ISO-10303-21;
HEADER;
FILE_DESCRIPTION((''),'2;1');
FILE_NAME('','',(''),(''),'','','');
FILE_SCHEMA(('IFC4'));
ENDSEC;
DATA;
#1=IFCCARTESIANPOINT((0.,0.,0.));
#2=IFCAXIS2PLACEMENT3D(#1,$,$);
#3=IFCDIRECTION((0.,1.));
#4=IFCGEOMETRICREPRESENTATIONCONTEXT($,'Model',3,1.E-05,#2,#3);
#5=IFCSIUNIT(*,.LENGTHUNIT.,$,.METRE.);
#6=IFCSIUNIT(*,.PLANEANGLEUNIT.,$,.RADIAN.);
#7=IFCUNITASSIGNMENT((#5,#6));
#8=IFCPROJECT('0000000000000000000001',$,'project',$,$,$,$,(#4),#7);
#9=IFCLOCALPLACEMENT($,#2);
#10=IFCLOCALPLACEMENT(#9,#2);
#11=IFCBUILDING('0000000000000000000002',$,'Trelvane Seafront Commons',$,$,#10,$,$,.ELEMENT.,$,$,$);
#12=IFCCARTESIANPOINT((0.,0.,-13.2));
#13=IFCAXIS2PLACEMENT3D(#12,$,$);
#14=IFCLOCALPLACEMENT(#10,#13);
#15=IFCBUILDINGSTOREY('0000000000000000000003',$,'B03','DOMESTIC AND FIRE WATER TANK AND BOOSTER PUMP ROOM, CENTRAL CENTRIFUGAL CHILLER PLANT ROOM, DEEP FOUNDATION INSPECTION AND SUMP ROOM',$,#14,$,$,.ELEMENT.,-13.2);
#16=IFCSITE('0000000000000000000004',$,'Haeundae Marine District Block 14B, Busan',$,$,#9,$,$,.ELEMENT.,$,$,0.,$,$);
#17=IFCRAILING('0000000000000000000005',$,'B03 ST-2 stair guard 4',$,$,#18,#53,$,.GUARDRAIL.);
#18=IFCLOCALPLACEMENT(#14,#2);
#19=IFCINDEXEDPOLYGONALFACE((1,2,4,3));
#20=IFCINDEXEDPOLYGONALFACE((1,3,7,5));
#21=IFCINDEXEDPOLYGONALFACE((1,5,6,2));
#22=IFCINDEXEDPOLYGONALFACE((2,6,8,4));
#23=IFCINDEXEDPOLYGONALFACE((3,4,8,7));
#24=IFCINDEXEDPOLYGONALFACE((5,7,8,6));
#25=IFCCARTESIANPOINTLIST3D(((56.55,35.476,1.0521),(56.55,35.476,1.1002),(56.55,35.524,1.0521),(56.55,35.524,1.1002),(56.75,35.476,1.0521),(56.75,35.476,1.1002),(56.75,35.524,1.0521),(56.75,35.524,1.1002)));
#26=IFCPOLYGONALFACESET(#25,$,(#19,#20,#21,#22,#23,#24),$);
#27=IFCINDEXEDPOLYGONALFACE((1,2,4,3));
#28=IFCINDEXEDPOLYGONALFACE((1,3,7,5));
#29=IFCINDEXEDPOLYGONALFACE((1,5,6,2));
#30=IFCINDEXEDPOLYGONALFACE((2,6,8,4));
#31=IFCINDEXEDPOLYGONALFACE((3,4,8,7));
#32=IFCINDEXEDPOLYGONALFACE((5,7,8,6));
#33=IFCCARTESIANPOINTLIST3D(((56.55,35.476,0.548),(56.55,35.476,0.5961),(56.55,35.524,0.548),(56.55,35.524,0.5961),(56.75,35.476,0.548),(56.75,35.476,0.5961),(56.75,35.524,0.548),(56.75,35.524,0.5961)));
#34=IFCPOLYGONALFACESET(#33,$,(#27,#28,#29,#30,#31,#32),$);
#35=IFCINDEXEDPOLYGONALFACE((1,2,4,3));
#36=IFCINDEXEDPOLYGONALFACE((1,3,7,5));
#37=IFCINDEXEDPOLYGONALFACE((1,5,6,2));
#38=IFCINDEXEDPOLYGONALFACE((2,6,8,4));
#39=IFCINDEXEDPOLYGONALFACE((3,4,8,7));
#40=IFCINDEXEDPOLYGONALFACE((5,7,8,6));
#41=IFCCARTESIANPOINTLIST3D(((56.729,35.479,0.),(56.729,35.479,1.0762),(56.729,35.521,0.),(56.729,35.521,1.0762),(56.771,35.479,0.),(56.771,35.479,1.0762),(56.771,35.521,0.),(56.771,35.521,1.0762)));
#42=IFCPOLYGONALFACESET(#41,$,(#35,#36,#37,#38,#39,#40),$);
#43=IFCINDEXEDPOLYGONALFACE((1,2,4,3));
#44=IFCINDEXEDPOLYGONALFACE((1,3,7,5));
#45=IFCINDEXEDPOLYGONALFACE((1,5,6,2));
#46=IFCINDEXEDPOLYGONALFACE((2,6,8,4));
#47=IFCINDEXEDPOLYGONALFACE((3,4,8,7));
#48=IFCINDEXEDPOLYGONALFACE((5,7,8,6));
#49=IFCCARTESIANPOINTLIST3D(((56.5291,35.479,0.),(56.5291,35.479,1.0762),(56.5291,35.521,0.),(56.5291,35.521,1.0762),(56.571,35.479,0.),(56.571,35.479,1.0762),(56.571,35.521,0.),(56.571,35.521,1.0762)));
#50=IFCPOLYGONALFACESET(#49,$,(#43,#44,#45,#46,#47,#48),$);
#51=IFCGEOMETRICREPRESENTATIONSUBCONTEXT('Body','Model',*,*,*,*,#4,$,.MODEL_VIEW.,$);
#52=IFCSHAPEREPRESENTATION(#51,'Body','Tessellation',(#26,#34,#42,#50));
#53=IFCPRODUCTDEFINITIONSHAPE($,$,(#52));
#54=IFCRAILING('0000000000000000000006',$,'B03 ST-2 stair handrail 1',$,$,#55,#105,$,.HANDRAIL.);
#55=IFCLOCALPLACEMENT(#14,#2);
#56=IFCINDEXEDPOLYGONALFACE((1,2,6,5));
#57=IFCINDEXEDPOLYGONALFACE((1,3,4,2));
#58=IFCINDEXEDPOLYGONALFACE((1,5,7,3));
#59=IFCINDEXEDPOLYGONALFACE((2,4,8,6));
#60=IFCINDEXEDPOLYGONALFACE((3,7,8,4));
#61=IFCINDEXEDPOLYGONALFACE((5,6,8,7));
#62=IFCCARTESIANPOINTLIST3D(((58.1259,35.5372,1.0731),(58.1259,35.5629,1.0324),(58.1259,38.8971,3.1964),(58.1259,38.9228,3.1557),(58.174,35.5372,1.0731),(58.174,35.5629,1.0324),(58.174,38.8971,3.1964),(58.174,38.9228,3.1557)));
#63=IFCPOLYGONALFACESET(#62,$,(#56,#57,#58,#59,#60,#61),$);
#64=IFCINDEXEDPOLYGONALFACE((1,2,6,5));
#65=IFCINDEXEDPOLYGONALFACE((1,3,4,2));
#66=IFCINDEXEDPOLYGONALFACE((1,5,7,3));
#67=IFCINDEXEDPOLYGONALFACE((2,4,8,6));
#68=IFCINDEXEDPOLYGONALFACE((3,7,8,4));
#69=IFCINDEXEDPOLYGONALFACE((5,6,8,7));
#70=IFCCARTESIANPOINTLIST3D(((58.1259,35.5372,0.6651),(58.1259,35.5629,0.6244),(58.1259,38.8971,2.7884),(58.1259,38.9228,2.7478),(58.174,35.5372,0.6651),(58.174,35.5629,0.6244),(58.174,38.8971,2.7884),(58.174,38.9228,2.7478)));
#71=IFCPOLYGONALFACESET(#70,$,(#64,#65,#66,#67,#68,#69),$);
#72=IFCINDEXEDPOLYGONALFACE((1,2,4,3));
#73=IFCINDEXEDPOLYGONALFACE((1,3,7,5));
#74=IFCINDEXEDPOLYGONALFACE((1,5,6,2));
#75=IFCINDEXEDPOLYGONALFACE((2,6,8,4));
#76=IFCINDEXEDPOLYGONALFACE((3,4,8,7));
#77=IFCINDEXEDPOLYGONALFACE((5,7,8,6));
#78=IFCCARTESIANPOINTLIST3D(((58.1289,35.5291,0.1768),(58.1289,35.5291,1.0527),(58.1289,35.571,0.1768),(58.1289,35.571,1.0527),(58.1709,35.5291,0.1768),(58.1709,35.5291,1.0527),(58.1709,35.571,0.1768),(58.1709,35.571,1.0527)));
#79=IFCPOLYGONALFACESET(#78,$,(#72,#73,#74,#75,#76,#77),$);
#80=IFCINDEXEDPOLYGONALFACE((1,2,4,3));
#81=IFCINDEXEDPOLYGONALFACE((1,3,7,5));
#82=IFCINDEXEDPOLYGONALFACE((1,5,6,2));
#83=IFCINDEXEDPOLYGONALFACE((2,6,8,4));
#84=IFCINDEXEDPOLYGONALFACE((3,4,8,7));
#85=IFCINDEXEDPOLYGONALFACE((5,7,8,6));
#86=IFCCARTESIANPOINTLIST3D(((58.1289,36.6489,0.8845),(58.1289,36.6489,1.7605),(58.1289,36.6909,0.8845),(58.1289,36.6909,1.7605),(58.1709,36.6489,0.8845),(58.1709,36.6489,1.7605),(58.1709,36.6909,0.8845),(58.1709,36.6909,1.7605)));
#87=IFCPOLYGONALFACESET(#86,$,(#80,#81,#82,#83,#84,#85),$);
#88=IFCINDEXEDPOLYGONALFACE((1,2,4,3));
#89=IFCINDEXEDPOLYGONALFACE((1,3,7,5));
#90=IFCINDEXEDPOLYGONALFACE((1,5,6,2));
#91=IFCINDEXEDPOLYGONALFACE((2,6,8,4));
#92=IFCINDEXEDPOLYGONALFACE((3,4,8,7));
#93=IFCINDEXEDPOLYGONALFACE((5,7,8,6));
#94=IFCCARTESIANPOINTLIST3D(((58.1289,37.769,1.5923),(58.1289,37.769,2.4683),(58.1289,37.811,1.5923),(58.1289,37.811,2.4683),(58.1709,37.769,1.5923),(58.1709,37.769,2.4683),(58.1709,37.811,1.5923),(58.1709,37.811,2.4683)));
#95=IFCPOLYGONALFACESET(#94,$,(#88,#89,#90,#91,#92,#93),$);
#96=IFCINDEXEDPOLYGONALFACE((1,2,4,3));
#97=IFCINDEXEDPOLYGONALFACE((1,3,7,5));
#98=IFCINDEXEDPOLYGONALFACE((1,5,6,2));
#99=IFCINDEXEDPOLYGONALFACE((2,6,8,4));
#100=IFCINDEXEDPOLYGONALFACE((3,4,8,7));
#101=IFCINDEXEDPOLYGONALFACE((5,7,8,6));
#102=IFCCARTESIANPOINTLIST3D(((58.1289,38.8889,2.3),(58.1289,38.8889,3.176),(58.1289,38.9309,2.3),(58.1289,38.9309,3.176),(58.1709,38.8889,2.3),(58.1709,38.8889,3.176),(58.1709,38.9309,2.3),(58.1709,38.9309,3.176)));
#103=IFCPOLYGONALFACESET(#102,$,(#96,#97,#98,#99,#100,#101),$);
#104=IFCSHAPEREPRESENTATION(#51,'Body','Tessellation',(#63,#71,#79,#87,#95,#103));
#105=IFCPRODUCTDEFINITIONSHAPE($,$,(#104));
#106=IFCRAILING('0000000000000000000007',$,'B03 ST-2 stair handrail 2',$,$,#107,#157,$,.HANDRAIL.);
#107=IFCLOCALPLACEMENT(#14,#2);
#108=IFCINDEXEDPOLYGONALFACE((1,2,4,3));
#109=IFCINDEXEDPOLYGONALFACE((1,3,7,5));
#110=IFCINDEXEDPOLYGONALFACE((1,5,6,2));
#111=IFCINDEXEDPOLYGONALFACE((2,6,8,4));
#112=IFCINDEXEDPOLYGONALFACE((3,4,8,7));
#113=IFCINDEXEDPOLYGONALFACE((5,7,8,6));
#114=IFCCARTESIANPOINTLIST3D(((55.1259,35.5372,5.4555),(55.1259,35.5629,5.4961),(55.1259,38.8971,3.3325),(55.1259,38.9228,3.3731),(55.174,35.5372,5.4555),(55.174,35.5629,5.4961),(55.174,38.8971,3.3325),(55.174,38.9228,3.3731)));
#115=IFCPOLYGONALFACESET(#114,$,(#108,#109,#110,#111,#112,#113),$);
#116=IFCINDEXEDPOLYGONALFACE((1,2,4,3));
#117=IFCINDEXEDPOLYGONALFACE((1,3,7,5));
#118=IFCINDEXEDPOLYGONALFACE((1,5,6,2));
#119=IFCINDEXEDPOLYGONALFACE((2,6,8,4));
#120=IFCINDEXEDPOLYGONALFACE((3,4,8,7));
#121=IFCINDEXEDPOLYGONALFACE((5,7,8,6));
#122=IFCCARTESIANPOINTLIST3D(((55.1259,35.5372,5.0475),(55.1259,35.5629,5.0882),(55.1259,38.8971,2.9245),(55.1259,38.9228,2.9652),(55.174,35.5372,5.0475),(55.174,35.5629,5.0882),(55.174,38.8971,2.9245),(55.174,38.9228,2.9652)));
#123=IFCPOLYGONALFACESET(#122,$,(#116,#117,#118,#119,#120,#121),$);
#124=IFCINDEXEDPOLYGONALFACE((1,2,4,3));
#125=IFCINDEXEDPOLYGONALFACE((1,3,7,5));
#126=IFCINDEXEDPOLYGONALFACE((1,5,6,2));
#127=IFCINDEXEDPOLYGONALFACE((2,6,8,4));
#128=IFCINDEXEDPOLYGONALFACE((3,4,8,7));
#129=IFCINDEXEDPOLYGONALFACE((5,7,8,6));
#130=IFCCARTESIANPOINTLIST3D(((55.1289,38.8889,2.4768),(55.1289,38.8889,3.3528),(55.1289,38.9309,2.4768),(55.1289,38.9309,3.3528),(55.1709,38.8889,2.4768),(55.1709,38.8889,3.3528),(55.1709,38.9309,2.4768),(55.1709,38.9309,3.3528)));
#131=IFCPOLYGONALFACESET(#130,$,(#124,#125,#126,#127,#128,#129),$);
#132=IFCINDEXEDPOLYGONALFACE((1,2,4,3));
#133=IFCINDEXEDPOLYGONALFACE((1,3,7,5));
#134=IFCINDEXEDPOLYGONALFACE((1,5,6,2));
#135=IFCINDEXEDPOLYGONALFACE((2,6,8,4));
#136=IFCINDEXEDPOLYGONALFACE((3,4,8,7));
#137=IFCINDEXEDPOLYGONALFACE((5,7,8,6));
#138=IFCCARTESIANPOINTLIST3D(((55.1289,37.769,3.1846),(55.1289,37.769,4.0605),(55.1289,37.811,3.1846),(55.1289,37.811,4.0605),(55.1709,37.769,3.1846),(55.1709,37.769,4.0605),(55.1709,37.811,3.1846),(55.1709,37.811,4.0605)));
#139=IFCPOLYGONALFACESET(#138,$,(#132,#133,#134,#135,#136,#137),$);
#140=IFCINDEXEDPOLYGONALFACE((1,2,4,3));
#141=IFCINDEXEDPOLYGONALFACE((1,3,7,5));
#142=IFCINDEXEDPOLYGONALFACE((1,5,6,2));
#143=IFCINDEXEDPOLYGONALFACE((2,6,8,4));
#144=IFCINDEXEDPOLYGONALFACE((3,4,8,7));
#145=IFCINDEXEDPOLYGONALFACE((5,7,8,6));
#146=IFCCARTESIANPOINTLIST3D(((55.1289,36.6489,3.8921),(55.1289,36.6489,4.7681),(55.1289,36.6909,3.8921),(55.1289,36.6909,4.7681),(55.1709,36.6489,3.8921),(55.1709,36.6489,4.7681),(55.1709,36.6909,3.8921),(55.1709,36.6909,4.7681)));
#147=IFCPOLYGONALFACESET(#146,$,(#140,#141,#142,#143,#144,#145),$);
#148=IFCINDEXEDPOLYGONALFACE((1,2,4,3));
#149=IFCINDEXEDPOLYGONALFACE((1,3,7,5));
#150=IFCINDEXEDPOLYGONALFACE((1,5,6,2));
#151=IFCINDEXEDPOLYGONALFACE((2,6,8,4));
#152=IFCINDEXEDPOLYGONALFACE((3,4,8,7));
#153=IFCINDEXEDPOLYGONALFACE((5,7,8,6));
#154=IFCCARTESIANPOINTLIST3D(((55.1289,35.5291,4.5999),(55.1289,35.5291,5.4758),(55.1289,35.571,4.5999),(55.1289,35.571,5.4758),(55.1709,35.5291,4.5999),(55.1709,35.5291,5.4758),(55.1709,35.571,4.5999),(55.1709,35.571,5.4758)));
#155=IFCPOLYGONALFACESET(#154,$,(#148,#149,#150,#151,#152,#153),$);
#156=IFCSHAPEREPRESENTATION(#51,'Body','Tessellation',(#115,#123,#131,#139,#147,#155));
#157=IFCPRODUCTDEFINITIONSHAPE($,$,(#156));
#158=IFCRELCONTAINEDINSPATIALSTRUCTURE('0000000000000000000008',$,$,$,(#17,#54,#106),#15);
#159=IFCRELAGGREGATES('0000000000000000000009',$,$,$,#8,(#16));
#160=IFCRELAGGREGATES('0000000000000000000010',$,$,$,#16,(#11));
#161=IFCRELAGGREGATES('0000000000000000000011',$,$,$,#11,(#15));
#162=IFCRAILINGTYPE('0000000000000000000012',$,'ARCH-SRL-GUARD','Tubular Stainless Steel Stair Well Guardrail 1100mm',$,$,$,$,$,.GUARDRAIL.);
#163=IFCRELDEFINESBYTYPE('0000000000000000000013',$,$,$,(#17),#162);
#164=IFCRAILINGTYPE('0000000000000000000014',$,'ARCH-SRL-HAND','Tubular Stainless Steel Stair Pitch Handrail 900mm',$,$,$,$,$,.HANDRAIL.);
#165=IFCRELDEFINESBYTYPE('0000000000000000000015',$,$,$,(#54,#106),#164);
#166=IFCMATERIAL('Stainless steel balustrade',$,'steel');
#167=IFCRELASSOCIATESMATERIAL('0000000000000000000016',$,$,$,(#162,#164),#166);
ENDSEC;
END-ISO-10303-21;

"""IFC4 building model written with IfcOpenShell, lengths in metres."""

from ifc_helpers import new_model, si_unit, direction, frame, origin, origin_2d, place, context, subcontext, project, spatial, rectangle, extrude, material, type_object, element, save


model = new_model("IFC4")

# Units and contexts
model_context = context("Model", 3, precision=1e-05, world=origin(), true_north=direction((0.0, 1.0)))
body_context = subcontext(model_context, "Body", "Model", "MODEL_VIEW")
ifc_project = project(units=[si_unit("LENGTHUNIT", "METRE"), si_unit("PLANEANGLEUNIT", "RADIAN")], contexts=[model_context])

# Site, building, storey
site_placement = place(None, origin())
site = spatial("IfcSite", under=ifc_project, at=site_placement, Name="Haeundae Marine District Block 14B, Busan", CompositionType="ELEMENT", RefElevation=0.0)
building_placement = place(site_placement, origin())
building = spatial("IfcBuilding", under=site, at=building_placement, Name="Trelvane Seafront Commons", CompositionType="ELEMENT")
storey_placement = place(building_placement, frame((0.0, 0.0, -13.2)))
storey = spatial("IfcBuildingStorey", under=building, at=storey_placement, Name="B03", Description="DOMESTIC AND FIRE WATER TANK AND BOOSTER PUMP ROOM, CENTRAL CENTRIFUGAL CHILLER PLANT ROOM, DEEP FOUNDATION INSPECTION AND SUMP ROOM", CompositionType="ELEMENT", Elevation=-13.2)

# Railings
ifc_material_1 = material(Name="Stainless steel balustrade", Category="steel")
railing_type_1 = type_object("IfcRailingType", Name="ARCH-SRL-GUARD", Description="Tubular Stainless Steel Stair Well Guardrail 1100mm", PredefinedType="GUARDRAIL", material=ifc_material_1)
railing_1_placement = place(storey_placement, frame((56.75, 35.5, 0.0)))
element("IfcRailing", 1, at=railing_1_placement, inside=storey, type_object=railing_type_1, Name="B03 ST-2 stair guard 4", PredefinedType="GUARDRAIL", context=body_context, shape_type="SweptSolid", body=[
    extrude(rectangle(XDim=0.0481, YDim=0.0481, at=origin_2d()), frame((0.0, 0.0, 1.0762), z_axis=(-1.0, 0.0, 0.0), x_axis=(0.0, -1.0, 0.0)), (0.0, 0.0, 1.0), 0.2),
    extrude(rectangle(XDim=0.0481, YDim=0.0481, at=origin_2d()), frame((0.0, 0.0, 0.572), z_axis=(-1.0, 0.0, 0.0), x_axis=(0.0, -1.0, 0.0)), (0.0, 0.0, 1.0), 0.2),
    extrude(rectangle(XDim=0.042, YDim=0.042, at=origin_2d()), origin(), (0.0, 0.0, 1.0), 1.0762),
    extrude(rectangle(XDim=0.042, YDim=0.042, at=origin_2d()), frame((-0.2, 0.0, 0.0)), (0.0, 0.0, 1.0), 1.0762),
])
railing_type_2 = type_object("IfcRailingType", Name="ARCH-SRL-HAND", Description="Tubular Stainless Steel Stair Pitch Handrail 900mm", PredefinedType="HANDRAIL", material=ifc_material_1)
railing_2_placement = place(storey_placement, frame((58.1499, 35.55, 0.1768)))
element("IfcRailing", 2, at=railing_2_placement, inside=storey, type_object=railing_type_2, Name="B03 ST-2 stair handrail 1", PredefinedType="HANDRAIL", context=body_context, shape_type="SweptSolid", body=[
    extrude(rectangle(XDim=0.0481, YDim=0.0481, at=origin_2d()), frame((0.0, 0.0, 0.876), z_axis=(0.0, 0.845344, 0.534222), x_axis=(-1.0, 0.0, 0.0)), (0.0, 0.0, 1.0), 3.9746),
    extrude(rectangle(XDim=0.0481, YDim=0.0481, at=origin_2d()), frame((0.0, 0.0, 0.468), z_axis=(0.0, 0.845344, 0.534222), x_axis=(-1.0, 0.0, 0.0)), (0.0, 0.0, 1.0), 3.9746),
    extrude(rectangle(XDim=0.042, YDim=0.042, at=origin_2d()), origin(), (0.0, 0.0, 1.0), 0.876),
    extrude(rectangle(XDim=0.042, YDim=0.042, at=origin_2d()), frame((0.0, 1.1199, 0.7078)), (0.0, 0.0, 1.0), 0.876),
    extrude(rectangle(XDim=0.042, YDim=0.042, at=origin_2d()), frame((0.0, 2.24, 1.4155)), (0.0, 0.0, 1.0), 0.876),
    extrude(rectangle(XDim=0.042, YDim=0.042, at=origin_2d()), frame((0.0, 3.3599, 2.1233)), (0.0, 0.0, 1.0), 0.876),
])
railing_3_placement = place(storey_placement, frame((55.1499, 38.9099, 2.4768)))
element("IfcRailing", 3, at=railing_3_placement, inside=storey, type_object=railing_type_2, Name="B03 ST-2 stair handrail 2", PredefinedType="HANDRAIL", context=body_context, shape_type="SweptSolid", body=[
    extrude(rectangle(XDim=0.0481, YDim=0.0481, at=origin_2d()), frame((0.0, 0.0, 0.876), z_axis=(0.0, -0.845372, 0.534178), x_axis=(1.0, 0.0, 0.0)), (0.0, 0.0, 1.0), 3.9744),
    extrude(rectangle(XDim=0.0481, YDim=0.0481, at=origin_2d()), frame((0.0, 0.0, 0.468), z_axis=(0.0, -0.845372, 0.534178), x_axis=(1.0, 0.0, 0.0)), (0.0, 0.0, 1.0), 3.9744),
    extrude(rectangle(XDim=0.042, YDim=0.042, at=origin_2d()), origin(), (0.0, 0.0, 1.0), 0.876),
    extrude(rectangle(XDim=0.042, YDim=0.042, at=origin_2d()), frame((0.0, -1.1199, 0.7078)), (0.0, 0.0, 1.0), 0.876),
    extrude(rectangle(XDim=0.042, YDim=0.042, at=origin_2d()), frame((0.0, -2.24, 1.4153)), (0.0, 0.0, 1.0), 0.876),
    extrude(rectangle(XDim=0.042, YDim=0.042, at=origin_2d()), frame((0.0, -3.3599, 2.123)), (0.0, 0.0, 1.0), 0.876),
])

save(model, "model.ifc")
